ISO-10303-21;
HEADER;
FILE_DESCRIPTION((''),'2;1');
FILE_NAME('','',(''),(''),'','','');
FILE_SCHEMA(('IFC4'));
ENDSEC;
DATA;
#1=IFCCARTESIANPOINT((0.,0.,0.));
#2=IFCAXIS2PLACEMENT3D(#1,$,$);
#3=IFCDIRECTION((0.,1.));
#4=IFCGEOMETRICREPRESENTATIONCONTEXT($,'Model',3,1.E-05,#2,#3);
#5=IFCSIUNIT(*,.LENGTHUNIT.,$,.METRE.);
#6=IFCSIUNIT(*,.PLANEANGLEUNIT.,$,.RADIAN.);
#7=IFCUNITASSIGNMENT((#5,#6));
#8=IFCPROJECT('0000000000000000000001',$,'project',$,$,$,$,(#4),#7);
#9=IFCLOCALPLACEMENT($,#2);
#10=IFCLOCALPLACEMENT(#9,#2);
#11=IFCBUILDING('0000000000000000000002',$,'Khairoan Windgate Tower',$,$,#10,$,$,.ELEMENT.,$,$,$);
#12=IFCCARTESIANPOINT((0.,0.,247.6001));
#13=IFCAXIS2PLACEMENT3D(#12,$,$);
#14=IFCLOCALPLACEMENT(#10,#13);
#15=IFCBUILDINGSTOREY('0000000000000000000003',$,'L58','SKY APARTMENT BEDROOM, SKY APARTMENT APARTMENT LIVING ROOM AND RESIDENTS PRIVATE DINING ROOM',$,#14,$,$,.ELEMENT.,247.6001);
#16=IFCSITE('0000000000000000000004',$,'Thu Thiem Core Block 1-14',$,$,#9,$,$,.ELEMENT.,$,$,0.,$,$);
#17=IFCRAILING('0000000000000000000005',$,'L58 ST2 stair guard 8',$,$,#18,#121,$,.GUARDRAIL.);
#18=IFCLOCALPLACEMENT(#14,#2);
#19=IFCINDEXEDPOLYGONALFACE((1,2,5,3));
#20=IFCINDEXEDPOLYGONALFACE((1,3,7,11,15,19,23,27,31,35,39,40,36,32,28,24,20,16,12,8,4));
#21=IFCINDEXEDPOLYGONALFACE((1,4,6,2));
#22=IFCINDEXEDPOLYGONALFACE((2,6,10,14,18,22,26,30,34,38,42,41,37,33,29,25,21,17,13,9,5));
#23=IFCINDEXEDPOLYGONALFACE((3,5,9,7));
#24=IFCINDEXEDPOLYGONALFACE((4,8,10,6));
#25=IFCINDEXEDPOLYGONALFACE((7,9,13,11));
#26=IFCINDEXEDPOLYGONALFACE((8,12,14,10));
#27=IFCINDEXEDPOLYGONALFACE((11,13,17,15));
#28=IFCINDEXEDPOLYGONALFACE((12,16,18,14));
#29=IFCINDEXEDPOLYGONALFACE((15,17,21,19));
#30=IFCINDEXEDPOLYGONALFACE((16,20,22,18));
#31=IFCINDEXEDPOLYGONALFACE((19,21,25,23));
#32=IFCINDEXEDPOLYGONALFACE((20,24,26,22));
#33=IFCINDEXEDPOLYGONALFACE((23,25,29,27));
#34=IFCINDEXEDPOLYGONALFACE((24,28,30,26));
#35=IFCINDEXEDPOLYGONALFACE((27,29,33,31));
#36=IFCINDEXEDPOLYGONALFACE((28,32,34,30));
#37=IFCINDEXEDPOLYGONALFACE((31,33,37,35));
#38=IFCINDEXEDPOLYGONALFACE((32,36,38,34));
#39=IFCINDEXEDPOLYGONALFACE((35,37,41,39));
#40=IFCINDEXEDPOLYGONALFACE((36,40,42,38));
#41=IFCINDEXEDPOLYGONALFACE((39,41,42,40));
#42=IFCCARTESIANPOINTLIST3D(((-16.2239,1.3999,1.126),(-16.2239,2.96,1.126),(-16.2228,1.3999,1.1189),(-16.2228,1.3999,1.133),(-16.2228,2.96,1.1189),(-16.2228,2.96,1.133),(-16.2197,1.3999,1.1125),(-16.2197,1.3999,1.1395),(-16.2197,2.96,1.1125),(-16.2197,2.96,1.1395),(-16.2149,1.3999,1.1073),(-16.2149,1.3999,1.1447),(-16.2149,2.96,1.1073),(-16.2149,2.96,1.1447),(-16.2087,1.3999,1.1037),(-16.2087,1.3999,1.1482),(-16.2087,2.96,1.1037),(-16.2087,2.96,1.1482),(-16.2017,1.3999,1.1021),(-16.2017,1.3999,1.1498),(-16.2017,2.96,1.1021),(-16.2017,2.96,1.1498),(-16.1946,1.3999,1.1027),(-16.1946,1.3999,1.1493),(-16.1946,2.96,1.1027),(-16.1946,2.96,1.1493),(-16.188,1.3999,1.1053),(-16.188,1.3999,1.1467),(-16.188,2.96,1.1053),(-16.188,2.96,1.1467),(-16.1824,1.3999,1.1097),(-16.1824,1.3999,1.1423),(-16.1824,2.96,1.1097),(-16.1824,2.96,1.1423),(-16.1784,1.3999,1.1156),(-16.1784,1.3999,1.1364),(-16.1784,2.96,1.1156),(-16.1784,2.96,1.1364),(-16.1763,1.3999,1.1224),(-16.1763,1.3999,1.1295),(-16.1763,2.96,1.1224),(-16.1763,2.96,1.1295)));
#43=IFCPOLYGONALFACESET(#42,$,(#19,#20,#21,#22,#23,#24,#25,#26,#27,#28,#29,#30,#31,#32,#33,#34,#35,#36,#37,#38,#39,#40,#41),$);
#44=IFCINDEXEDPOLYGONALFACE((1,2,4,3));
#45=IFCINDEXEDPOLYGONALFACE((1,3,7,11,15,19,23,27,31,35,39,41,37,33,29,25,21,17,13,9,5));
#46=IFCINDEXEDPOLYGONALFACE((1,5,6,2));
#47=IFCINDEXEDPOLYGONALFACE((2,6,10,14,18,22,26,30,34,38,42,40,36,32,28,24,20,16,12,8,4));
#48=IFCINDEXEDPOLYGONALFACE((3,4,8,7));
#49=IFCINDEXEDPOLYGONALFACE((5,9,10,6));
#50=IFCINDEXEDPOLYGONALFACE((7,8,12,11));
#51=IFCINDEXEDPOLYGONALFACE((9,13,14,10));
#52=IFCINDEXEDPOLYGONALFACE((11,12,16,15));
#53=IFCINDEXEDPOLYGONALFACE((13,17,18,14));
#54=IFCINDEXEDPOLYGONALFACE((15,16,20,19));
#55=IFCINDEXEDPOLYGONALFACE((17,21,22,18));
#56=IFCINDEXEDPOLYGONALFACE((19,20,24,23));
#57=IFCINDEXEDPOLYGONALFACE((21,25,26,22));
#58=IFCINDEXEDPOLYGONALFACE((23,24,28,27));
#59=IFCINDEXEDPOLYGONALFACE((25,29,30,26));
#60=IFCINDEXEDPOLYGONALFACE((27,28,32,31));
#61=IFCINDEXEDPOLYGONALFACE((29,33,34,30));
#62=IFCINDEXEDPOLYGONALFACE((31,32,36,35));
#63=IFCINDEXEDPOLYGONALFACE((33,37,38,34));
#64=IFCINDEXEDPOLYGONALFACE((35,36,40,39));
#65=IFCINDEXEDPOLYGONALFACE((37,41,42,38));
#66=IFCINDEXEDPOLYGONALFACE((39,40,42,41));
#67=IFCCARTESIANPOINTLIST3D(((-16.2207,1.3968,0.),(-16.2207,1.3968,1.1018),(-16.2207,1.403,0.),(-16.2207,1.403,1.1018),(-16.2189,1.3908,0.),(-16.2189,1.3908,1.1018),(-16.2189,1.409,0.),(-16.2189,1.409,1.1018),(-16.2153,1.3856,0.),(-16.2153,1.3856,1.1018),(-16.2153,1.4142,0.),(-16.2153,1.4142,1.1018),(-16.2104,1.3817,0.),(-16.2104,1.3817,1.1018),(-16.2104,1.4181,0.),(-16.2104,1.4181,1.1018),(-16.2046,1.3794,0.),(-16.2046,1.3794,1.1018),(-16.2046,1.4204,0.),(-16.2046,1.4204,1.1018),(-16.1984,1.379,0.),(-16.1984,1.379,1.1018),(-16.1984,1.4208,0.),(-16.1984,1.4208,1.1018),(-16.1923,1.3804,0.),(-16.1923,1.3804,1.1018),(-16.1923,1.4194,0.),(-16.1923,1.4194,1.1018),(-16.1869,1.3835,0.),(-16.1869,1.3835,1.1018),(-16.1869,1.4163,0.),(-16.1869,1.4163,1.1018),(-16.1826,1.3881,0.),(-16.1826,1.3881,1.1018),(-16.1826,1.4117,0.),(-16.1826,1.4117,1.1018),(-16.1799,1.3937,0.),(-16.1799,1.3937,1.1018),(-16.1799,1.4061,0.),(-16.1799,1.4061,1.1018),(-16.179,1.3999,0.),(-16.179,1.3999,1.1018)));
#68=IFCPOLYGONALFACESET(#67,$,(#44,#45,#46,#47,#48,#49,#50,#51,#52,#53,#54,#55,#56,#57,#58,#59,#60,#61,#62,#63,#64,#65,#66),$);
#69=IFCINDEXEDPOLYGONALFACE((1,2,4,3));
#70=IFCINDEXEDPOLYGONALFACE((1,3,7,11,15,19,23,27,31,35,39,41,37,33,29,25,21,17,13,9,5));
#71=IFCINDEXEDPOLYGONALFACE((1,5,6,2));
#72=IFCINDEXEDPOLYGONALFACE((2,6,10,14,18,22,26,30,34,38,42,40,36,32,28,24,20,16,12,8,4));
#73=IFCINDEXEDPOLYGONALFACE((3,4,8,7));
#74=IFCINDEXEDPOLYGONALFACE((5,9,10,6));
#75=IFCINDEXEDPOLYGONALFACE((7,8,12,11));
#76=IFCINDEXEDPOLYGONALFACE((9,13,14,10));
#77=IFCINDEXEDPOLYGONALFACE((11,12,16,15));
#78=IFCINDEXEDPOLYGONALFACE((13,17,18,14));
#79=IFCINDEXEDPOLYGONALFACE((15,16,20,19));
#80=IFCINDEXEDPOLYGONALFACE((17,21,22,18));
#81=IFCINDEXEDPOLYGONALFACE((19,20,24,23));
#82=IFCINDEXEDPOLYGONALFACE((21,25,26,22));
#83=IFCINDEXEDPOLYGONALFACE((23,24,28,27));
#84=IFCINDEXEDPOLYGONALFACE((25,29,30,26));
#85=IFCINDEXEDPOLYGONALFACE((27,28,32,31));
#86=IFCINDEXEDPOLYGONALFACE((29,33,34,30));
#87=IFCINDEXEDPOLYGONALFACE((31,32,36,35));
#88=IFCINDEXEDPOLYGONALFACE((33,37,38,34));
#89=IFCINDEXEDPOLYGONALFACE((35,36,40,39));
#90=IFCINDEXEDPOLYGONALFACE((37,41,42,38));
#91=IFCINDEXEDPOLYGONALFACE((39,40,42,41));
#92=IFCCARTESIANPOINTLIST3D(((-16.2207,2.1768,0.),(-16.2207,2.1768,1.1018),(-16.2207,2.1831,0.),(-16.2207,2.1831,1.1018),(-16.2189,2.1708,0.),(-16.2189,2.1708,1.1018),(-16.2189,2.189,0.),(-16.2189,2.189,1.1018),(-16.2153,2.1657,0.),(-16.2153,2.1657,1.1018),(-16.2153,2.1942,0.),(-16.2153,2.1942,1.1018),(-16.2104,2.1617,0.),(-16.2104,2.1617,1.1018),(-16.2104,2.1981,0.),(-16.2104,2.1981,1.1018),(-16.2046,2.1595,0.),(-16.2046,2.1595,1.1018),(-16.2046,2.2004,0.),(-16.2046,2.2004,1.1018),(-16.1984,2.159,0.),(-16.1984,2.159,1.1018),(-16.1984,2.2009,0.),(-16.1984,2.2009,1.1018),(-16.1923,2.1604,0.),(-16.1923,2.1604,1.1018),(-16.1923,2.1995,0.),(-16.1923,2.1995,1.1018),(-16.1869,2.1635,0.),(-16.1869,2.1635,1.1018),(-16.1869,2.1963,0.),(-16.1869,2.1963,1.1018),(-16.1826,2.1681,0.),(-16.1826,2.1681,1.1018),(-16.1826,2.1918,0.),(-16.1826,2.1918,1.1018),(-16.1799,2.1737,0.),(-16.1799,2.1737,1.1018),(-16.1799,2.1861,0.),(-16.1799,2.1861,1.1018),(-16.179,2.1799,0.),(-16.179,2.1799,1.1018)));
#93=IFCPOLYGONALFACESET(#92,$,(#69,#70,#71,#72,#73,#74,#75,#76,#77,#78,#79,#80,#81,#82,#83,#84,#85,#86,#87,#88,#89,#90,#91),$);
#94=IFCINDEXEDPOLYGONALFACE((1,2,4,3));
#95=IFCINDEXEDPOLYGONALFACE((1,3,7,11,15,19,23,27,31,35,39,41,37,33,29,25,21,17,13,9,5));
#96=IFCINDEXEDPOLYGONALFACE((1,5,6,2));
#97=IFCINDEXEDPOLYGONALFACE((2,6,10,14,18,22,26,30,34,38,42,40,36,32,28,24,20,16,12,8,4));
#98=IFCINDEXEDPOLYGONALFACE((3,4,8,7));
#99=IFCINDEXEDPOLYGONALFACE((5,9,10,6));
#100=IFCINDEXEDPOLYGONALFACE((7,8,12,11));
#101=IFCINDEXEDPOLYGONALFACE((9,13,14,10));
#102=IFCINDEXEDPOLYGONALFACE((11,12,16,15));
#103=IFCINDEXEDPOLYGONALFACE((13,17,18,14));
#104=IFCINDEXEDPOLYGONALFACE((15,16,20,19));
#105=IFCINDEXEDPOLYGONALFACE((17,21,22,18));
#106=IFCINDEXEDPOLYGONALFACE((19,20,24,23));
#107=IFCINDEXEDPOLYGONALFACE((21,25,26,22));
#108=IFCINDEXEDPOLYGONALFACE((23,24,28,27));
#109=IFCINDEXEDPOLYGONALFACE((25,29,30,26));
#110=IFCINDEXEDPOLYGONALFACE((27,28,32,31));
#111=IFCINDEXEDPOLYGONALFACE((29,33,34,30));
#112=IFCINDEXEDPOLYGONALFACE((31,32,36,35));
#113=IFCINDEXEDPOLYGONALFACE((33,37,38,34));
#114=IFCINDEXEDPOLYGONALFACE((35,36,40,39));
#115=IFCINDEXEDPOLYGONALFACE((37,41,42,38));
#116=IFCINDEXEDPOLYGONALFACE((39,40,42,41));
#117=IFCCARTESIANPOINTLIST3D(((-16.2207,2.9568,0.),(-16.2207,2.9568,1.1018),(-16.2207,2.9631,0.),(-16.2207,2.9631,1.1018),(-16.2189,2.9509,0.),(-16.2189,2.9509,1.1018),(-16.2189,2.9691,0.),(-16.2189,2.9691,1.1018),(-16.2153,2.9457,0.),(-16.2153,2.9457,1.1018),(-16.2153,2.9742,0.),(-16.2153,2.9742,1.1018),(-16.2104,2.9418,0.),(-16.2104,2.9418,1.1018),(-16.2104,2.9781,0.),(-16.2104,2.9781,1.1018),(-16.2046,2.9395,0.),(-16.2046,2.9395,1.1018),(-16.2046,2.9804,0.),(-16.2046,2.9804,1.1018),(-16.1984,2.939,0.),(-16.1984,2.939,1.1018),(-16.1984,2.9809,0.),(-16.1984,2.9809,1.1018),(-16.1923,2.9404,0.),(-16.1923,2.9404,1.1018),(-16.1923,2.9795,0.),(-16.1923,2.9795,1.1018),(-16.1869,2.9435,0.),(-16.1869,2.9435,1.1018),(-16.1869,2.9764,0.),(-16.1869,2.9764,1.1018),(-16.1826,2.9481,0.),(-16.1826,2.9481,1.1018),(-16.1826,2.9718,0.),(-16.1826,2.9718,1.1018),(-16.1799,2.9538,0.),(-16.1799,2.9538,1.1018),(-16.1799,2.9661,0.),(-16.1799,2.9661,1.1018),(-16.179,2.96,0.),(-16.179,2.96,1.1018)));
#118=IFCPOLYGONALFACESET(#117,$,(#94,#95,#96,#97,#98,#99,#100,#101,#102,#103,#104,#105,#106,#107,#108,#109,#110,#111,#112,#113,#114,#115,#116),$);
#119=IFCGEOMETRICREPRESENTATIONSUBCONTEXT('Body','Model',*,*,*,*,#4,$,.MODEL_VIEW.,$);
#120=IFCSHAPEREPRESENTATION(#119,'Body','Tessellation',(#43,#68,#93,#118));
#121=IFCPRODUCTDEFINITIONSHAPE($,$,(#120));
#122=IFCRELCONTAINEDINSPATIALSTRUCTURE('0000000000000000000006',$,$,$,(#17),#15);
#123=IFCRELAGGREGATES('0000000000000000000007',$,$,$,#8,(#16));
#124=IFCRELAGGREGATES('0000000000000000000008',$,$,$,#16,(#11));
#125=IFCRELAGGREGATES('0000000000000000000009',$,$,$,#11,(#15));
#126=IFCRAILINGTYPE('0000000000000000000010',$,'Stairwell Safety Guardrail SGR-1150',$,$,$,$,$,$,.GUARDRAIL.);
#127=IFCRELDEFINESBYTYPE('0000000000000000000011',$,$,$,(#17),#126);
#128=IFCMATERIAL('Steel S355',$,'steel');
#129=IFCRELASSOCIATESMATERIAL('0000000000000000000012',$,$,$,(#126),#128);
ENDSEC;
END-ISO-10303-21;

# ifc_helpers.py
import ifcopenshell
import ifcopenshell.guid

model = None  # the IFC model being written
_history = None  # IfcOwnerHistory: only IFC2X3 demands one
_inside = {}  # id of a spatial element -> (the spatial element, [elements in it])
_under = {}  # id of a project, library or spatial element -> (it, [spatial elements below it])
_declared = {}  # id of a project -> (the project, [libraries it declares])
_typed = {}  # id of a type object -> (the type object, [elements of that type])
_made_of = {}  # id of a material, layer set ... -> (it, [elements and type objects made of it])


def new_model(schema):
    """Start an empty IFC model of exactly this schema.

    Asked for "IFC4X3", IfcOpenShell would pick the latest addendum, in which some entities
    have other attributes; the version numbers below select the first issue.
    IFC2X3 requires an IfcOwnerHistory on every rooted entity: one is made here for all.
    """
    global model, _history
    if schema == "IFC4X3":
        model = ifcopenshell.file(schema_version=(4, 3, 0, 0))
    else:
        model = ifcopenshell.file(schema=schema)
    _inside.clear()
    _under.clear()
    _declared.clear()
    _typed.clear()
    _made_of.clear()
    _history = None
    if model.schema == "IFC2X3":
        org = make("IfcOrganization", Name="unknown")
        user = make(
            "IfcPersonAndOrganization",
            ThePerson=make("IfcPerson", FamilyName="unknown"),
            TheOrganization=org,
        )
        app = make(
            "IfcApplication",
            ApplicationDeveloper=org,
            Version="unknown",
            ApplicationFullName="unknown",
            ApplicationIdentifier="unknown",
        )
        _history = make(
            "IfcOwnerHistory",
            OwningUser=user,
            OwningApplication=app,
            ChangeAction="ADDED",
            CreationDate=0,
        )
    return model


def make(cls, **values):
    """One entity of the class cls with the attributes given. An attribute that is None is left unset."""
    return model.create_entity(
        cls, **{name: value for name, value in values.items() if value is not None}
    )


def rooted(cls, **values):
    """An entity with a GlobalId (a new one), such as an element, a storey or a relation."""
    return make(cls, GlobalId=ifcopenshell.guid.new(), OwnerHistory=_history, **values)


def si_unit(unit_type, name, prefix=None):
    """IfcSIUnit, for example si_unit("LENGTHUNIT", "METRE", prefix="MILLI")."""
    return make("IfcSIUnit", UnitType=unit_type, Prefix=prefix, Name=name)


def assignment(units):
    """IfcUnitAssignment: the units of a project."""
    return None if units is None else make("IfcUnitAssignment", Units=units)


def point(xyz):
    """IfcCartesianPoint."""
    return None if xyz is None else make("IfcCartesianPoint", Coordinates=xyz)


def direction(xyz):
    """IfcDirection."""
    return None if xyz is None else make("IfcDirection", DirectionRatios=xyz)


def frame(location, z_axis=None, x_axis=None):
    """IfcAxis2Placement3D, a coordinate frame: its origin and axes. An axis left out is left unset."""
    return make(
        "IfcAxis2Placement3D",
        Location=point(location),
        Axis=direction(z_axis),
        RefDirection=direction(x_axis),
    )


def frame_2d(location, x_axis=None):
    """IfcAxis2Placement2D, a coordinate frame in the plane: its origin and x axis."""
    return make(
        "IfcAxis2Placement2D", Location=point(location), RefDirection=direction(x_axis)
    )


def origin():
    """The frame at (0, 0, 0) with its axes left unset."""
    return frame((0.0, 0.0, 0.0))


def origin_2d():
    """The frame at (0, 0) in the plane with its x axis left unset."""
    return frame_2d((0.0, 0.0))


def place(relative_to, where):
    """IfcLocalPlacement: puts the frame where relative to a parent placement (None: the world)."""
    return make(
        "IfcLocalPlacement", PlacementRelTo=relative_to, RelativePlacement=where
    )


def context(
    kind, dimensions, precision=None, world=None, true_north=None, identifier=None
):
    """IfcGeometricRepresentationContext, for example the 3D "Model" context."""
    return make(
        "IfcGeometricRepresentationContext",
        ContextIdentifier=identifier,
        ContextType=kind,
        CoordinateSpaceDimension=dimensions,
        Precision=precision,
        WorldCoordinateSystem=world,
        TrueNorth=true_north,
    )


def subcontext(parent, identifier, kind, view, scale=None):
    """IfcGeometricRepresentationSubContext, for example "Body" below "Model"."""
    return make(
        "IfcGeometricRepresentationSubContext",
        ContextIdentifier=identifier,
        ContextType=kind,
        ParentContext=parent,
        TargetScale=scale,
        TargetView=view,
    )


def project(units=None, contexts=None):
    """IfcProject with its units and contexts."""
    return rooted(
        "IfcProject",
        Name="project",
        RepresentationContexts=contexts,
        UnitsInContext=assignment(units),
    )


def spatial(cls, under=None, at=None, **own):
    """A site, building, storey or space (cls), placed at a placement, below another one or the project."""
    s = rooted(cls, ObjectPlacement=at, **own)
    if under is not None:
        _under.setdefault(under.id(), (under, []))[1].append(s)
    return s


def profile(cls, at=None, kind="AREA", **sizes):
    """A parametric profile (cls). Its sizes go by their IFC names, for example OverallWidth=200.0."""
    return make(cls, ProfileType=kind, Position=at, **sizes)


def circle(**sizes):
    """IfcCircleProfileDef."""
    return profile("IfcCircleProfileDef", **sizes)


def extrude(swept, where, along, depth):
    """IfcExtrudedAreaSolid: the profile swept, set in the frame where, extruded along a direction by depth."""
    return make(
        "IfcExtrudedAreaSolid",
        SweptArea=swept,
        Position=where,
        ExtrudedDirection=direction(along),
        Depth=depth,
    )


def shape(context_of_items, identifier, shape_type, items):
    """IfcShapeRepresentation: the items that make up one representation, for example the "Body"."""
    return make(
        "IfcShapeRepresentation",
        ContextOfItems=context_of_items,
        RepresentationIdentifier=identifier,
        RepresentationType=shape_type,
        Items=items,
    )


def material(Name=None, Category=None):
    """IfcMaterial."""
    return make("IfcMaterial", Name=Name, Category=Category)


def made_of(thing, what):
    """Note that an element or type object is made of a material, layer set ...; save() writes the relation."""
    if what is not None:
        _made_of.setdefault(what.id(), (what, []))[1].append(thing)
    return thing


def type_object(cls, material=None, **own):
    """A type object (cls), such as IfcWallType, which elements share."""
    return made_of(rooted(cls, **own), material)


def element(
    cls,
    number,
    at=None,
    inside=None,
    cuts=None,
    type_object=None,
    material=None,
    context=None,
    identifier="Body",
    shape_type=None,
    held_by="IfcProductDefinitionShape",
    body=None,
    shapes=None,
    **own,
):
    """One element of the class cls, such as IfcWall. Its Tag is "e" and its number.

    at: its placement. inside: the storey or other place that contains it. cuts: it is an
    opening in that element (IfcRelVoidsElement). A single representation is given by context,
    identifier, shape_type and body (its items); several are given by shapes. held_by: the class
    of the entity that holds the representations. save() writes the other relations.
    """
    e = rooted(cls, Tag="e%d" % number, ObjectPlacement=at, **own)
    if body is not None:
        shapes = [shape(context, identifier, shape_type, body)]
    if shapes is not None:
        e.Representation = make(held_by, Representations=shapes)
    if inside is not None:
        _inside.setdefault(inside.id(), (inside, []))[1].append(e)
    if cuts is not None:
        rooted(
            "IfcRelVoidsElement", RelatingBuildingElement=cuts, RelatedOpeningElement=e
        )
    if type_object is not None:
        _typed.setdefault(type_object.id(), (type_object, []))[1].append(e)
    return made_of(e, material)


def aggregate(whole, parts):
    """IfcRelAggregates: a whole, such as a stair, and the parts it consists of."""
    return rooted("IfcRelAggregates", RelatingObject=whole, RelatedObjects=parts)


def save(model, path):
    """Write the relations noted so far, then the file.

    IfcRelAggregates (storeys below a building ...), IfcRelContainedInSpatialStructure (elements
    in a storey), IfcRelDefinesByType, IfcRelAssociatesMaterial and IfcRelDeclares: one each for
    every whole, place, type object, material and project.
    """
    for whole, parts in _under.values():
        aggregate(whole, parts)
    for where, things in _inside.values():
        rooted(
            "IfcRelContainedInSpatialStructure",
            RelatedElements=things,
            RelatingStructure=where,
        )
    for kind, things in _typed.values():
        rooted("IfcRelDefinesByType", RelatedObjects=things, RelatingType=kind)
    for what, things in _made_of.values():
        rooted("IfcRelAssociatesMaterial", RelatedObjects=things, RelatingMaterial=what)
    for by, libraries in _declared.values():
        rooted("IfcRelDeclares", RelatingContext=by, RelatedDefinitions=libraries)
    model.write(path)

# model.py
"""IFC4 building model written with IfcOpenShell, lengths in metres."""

from ifc_helpers import new_model, si_unit, direction, frame, origin, origin_2d, place, context, subcontext, project, spatial, circle, extrude, material, type_object, element, save


model = new_model("IFC4")

# Units and contexts
model_context = context("Model", 3, precision=1e-05, world=origin(), true_north=direction((0.0, 1.0)))
body_context = subcontext(model_context, "Body", "Model", "MODEL_VIEW")
ifc_project = project(units=[si_unit("LENGTHUNIT", "METRE"), si_unit("PLANEANGLEUNIT", "RADIAN")], contexts=[model_context])

# Site, building, storey
site_placement = place(None, origin())
site = spatial("IfcSite", under=ifc_project, at=site_placement, Name="Thu Thiem Core Block 1-14", CompositionType="ELEMENT", RefElevation=0.0)
building_placement = place(site_placement, origin())
building = spatial("IfcBuilding", under=site, at=building_placement, Name="Khairoan Windgate Tower", CompositionType="ELEMENT")
storey_placement = place(building_placement, frame((0.0, 0.0, 247.6001)))
storey = spatial("IfcBuildingStorey", under=building, at=storey_placement, Name="L58", Description="SKY APARTMENT BEDROOM, SKY APARTMENT APARTMENT LIVING ROOM AND RESIDENTS PRIVATE DINING ROOM", CompositionType="ELEMENT", Elevation=247.6001)

# Railing
ifc_material_1 = material(Name="Steel S355", Category="steel")
railing_type_1 = type_object("IfcRailingType", Name="Stairwell Safety Guardrail SGR-1150", PredefinedType="GUARDRAIL", material=ifc_material_1)
railing_1_placement = place(storey_placement, frame((-16.2, 1.3999, 0.0)))
element("IfcRailing", 1, at=railing_1_placement, inside=storey, type_object=railing_type_1, Name="L58 ST2 stair guard 8", PredefinedType="GUARDRAIL", context=body_context, shape_type="SweptSolid", body=[
    extrude(circle(Radius=0.0239, at=origin_2d()), frame((0.0, 0.0, 1.126), z_axis=(0.0, 1.0, 0.0), x_axis=(-1.0, 0.0, 0.0)), (0.0, 0.0, 1.0), 1.5601),
    extrude(circle(Radius=0.021, at=origin_2d()), origin(), (0.0, 0.0, 1.0), 1.1018),
    extrude(circle(Radius=0.021, at=origin_2d()), frame((0.0, 0.78, 0.0)), (0.0, 0.0, 1.0), 1.1018),
    extrude(circle(Radius=0.021, at=origin_2d()), frame((0.0, 1.5601, 0.0)), (0.0, 0.0, 1.0), 1.1018),
])

save(model, "model.ifc")
